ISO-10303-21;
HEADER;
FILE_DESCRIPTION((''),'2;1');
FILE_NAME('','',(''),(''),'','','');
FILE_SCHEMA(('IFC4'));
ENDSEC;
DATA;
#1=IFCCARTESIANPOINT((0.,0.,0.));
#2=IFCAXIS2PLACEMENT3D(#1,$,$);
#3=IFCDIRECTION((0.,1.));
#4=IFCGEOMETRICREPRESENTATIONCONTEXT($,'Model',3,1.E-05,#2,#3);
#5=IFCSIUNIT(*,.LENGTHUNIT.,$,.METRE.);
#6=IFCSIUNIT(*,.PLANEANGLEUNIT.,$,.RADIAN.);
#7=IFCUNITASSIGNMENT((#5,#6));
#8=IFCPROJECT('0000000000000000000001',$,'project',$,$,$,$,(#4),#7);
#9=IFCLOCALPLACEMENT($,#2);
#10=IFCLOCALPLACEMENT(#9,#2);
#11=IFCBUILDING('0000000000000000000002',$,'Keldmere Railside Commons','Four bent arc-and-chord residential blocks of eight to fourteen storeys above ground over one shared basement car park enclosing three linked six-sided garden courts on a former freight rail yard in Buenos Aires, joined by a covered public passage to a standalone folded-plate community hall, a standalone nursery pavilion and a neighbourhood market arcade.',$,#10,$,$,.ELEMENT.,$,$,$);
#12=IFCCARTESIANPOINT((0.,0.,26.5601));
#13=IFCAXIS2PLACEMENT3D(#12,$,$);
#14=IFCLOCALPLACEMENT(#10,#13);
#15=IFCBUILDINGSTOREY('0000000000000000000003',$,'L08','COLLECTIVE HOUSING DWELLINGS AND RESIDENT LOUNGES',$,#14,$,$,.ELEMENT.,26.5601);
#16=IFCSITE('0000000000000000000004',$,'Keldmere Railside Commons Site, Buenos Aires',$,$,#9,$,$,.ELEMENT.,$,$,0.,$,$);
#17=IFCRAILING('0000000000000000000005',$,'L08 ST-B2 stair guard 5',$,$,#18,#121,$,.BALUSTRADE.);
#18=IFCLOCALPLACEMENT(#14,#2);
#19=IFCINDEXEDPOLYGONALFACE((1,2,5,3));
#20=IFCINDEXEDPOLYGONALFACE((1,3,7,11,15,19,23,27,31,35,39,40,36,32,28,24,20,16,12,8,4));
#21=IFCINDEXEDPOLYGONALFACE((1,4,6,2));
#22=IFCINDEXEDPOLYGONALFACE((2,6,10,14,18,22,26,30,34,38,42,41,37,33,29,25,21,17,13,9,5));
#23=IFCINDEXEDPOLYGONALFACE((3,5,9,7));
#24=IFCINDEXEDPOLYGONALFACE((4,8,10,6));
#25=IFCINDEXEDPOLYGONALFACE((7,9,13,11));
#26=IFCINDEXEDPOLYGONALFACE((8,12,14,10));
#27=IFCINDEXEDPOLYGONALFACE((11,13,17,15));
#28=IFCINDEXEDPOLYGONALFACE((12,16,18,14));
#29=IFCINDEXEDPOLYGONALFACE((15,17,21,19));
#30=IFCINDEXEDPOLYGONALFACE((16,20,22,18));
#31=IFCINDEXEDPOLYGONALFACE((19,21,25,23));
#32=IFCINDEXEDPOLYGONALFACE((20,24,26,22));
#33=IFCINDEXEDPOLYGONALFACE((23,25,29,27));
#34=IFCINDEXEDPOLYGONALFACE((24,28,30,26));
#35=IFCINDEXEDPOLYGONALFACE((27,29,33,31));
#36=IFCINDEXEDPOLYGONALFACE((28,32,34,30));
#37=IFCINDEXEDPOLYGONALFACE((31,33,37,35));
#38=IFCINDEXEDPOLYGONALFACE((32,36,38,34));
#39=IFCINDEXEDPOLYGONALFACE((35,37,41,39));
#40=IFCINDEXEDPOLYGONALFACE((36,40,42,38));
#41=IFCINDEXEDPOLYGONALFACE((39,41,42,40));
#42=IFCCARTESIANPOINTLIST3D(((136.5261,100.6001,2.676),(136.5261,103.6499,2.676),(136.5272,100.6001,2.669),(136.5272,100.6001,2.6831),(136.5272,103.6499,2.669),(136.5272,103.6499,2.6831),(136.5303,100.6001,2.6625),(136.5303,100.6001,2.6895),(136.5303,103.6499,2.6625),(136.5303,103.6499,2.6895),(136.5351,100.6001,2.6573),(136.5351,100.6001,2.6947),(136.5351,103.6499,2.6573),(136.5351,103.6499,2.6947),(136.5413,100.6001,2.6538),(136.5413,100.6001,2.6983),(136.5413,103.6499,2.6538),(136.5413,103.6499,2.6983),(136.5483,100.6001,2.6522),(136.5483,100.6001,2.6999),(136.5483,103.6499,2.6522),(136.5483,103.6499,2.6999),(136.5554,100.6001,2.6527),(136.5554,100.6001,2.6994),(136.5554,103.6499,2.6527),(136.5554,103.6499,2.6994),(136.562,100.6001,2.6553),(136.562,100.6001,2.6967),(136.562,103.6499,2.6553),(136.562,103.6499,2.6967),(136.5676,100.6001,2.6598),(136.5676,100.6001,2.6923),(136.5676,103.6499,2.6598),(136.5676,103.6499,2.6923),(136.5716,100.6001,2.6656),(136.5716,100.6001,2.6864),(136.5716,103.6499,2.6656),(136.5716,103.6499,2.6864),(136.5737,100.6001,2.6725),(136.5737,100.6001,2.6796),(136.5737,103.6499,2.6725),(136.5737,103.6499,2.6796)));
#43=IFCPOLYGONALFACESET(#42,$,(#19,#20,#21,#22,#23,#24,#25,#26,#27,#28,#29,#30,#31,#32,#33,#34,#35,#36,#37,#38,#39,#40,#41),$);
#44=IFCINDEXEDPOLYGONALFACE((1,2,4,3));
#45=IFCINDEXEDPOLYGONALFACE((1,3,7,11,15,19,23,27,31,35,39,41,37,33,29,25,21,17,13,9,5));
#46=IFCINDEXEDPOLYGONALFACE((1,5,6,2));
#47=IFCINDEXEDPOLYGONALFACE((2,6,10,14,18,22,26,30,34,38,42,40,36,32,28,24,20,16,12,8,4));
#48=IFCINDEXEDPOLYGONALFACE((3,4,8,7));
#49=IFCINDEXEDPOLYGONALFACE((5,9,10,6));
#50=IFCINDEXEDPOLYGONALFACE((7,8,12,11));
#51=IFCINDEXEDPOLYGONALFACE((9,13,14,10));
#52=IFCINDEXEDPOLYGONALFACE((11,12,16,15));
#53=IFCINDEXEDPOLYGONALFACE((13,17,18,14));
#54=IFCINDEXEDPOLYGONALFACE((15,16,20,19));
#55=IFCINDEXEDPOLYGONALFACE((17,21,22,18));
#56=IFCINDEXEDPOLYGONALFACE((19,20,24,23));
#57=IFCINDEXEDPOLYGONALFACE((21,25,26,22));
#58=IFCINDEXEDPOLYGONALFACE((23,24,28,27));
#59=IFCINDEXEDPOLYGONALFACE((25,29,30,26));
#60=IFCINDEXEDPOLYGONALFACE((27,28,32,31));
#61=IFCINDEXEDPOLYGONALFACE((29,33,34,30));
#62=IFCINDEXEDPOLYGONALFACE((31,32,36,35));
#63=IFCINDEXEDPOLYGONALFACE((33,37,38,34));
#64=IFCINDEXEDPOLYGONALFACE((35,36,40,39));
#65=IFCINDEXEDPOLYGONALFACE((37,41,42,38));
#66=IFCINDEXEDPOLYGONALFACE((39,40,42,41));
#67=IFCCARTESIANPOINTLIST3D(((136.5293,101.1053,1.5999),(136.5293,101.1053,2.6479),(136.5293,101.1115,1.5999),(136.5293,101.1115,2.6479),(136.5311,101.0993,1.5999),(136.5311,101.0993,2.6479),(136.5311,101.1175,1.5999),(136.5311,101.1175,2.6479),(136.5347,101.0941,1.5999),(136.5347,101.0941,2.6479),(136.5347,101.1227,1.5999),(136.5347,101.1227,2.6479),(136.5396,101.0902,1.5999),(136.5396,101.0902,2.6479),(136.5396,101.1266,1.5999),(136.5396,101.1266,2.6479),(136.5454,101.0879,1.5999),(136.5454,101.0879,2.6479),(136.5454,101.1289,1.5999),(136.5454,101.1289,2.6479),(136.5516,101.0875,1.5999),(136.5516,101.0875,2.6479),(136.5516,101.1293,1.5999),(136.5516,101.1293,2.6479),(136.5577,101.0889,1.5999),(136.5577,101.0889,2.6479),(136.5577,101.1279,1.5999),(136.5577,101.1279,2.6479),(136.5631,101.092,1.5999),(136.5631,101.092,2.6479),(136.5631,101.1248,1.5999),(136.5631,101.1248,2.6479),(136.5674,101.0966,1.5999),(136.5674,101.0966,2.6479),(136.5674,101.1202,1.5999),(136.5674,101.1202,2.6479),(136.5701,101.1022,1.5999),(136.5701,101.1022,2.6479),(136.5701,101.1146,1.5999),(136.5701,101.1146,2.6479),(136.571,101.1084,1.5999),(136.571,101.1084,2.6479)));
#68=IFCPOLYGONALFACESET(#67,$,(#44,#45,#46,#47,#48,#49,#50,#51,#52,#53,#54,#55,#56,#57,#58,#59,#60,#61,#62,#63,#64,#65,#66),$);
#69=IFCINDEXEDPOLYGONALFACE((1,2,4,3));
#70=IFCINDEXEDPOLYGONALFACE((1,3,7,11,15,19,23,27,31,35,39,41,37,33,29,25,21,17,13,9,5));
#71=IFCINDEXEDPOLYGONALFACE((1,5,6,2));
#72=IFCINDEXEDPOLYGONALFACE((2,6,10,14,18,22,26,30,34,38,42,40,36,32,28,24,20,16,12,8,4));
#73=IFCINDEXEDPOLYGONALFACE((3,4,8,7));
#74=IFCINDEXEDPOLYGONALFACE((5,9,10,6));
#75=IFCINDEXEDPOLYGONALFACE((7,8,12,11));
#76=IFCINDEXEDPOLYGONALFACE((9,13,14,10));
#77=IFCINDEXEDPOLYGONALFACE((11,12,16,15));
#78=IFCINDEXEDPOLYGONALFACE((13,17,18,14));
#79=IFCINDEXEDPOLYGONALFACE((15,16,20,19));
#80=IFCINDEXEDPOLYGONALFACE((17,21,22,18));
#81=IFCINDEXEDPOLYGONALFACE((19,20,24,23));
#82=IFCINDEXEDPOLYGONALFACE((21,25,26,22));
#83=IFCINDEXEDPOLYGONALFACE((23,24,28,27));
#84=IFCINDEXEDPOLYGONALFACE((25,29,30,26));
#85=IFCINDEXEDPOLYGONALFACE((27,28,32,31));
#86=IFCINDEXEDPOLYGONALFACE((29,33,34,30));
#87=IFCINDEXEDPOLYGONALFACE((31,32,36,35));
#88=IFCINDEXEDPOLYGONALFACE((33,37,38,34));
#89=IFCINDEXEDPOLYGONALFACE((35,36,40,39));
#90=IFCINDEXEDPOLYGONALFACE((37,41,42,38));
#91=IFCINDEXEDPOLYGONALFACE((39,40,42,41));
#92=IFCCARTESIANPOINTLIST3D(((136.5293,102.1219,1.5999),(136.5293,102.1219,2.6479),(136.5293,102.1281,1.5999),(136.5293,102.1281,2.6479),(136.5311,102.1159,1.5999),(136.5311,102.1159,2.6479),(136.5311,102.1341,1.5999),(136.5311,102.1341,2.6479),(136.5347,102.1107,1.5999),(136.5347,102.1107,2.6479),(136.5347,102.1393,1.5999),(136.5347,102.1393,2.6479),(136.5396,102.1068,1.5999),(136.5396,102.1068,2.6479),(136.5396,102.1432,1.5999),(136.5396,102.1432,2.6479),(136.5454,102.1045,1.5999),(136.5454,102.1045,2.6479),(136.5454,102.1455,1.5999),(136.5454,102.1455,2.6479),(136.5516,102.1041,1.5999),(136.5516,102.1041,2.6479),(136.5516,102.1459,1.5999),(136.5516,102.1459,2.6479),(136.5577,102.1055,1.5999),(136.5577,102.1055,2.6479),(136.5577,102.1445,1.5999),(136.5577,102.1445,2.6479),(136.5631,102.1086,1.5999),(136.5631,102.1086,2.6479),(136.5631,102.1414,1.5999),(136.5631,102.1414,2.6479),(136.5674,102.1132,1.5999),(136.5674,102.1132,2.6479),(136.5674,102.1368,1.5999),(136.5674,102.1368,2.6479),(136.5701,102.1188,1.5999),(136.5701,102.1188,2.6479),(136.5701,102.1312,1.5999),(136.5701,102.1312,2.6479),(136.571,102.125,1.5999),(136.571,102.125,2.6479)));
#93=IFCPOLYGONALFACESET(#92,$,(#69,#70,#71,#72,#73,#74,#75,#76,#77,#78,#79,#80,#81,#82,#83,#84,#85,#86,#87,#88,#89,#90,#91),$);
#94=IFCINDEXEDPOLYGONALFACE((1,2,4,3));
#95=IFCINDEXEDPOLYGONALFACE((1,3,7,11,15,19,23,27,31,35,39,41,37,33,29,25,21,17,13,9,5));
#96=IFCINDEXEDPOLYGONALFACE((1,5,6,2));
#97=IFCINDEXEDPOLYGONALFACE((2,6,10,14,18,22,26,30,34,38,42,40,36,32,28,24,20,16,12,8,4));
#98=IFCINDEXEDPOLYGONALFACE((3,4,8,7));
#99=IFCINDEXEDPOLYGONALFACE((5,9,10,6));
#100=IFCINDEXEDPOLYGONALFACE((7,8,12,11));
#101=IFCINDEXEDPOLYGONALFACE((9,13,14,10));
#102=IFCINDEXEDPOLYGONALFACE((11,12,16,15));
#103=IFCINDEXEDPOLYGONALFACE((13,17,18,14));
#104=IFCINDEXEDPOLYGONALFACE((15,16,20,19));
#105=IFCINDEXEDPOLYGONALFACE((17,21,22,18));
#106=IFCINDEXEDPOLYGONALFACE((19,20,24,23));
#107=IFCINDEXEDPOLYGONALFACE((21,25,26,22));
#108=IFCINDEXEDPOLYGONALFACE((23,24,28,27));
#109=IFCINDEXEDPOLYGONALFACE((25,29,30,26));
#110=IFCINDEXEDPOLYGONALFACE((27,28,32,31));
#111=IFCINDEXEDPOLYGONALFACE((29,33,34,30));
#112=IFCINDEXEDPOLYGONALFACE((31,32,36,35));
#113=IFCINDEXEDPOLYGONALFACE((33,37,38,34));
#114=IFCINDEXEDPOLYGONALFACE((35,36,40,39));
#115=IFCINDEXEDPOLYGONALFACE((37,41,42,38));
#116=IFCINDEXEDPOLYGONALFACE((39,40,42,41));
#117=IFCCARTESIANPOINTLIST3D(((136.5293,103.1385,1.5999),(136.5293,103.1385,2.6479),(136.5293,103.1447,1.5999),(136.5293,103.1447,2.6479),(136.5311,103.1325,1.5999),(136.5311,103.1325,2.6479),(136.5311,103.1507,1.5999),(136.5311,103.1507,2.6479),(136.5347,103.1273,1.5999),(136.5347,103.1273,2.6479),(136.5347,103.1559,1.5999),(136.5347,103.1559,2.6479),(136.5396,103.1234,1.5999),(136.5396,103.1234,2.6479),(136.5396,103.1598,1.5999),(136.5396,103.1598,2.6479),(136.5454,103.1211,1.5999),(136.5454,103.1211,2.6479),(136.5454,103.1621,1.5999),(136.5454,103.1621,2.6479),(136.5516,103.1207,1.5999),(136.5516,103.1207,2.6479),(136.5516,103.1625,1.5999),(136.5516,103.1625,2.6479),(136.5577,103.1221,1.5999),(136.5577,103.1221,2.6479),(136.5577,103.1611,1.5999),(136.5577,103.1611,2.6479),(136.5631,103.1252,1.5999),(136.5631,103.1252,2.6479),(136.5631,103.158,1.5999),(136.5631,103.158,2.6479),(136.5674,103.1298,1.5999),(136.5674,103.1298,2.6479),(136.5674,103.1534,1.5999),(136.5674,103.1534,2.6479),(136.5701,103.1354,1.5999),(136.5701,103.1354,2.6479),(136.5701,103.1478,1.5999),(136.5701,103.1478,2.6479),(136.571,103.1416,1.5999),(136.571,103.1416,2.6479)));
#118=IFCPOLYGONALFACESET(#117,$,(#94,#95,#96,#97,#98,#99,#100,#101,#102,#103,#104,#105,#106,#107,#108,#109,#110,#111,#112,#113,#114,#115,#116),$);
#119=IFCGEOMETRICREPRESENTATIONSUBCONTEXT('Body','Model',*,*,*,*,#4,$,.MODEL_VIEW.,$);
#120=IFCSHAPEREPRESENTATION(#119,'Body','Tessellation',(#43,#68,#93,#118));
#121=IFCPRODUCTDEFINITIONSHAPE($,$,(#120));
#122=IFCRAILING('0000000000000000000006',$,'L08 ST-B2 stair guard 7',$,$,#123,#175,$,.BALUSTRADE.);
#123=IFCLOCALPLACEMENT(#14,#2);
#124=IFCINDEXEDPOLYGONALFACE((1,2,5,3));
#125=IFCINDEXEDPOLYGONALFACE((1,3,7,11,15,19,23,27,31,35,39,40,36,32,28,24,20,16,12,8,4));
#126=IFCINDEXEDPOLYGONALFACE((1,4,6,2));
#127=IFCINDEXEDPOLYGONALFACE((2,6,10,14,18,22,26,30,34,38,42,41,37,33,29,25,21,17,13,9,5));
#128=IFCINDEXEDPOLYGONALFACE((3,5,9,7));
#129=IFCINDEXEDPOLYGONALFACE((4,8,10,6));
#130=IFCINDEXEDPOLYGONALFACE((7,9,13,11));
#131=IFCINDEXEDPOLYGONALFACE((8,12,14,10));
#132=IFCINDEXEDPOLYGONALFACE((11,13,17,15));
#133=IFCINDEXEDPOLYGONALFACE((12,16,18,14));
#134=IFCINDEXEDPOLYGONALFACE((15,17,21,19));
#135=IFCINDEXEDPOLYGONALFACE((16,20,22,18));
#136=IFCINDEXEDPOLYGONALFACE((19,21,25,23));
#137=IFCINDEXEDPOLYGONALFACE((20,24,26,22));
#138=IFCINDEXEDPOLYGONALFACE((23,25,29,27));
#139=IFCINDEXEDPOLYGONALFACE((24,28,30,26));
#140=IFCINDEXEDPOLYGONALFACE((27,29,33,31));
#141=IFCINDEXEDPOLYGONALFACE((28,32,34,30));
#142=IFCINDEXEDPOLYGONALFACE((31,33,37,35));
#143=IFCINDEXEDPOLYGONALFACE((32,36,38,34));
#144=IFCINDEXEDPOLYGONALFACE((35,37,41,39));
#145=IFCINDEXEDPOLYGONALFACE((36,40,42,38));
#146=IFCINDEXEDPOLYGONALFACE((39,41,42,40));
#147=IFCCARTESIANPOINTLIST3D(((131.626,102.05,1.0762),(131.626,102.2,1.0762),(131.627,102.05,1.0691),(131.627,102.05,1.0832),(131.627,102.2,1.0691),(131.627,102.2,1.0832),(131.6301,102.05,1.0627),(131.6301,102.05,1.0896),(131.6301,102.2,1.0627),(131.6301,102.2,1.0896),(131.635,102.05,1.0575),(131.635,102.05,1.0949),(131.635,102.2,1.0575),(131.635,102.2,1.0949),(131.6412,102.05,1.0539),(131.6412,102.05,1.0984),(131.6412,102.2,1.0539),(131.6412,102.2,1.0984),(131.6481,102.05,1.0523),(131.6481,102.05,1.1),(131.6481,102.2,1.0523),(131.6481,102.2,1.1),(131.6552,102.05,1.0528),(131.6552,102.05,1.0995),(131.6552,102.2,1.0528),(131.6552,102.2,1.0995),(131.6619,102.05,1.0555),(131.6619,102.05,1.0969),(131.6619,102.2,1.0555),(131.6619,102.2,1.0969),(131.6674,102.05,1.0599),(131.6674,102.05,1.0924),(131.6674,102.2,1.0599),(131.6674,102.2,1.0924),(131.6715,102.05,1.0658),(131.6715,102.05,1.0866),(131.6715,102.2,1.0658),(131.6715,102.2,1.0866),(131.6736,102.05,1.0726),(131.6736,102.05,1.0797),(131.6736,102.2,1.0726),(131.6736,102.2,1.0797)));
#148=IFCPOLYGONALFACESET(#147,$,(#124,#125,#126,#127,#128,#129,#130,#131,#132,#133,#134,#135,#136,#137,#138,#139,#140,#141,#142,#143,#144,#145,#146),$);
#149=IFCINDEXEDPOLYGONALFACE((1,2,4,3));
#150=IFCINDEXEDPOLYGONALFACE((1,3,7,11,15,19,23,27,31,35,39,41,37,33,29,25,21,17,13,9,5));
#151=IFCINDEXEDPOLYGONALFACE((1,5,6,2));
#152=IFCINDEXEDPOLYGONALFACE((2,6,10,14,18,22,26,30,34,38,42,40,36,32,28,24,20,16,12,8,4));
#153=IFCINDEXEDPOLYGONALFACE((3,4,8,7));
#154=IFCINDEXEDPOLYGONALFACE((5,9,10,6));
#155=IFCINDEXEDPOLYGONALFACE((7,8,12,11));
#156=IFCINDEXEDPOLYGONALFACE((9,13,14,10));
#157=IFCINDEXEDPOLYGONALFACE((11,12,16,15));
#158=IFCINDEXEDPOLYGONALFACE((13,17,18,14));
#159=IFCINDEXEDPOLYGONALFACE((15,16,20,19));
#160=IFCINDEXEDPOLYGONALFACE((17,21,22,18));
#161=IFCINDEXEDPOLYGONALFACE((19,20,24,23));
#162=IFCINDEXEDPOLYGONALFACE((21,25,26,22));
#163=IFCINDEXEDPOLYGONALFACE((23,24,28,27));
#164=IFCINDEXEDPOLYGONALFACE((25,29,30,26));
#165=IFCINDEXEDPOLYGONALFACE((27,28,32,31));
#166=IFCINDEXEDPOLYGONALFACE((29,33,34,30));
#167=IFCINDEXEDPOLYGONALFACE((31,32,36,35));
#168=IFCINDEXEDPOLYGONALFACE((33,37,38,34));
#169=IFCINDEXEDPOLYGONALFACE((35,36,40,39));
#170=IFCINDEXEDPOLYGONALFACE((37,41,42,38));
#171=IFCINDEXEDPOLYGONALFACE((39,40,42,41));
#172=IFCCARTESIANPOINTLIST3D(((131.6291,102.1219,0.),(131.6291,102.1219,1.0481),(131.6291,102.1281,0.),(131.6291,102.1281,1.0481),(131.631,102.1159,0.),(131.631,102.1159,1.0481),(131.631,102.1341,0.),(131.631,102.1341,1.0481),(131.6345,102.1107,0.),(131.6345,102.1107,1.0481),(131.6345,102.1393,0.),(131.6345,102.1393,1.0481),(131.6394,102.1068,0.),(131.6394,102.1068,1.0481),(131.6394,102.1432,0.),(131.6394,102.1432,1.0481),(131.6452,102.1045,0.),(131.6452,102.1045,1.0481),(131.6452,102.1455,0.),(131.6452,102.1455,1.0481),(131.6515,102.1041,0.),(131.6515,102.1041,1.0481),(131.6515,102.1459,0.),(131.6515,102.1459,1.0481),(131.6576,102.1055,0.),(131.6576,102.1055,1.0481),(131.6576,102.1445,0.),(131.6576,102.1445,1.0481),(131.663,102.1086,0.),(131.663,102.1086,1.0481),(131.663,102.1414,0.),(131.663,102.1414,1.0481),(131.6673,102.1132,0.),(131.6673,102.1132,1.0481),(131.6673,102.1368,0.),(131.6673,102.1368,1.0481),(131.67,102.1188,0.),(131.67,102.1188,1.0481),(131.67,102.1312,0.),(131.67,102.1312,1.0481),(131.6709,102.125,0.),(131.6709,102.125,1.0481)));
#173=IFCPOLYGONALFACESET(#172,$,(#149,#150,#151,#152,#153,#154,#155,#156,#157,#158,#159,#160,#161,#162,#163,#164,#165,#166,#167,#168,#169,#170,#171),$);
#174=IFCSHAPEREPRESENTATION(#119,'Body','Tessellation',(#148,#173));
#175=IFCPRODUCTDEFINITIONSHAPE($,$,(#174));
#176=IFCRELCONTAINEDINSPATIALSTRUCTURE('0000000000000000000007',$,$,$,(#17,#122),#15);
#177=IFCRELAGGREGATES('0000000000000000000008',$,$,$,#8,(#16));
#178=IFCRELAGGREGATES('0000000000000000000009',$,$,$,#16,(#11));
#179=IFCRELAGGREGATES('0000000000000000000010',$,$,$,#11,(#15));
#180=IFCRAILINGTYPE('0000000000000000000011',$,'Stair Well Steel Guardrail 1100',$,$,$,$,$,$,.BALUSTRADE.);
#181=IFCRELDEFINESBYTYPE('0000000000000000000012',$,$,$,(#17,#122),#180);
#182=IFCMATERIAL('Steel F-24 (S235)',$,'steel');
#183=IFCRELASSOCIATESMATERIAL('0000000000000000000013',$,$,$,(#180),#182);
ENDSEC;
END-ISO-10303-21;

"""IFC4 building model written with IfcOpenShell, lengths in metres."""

from ifc_helpers import new_model, si_unit, direction, frame, origin, origin_2d, place, context, subcontext, project, spatial, circle, extrude, material, type_object, element, save


model = new_model("IFC4")

# Units and contexts
model_context = context("Model", 3, precision=1e-05, world=origin(), true_north=direction((0.0, 1.0)))
body_context = subcontext(model_context, "Body", "Model", "MODEL_VIEW")
ifc_project = project(units=[si_unit("LENGTHUNIT", "METRE"), si_unit("PLANEANGLEUNIT", "RADIAN")], contexts=[model_context])

# Site, building, storey
site_placement = place(None, origin())
site = spatial("IfcSite", under=ifc_project, at=site_placement, Name="Keldmere Railside Commons Site, Buenos Aires", CompositionType="ELEMENT", RefElevation=0.0)
building_placement = place(site_placement, origin())
building = spatial("IfcBuilding", under=site, at=building_placement, Name="Keldmere Railside Commons", Description="Four bent arc-and-chord residential blocks of eight to fourteen storeys above ground over one shared basement car park enclosing three linked six-sided garden courts on a former freight rail yard in Buenos Aires, joined by a covered public passage to a standalone folded-plate community hall, a standalone nursery pavilion and a neighbourhood market arcade.", CompositionType="ELEMENT")
storey_placement = place(building_placement, frame((0.0, 0.0, 26.5601)))
storey = spatial("IfcBuildingStorey", under=building, at=storey_placement, Name="L08", Description="COLLECTIVE HOUSING DWELLINGS AND RESIDENT LOUNGES", CompositionType="ELEMENT", Elevation=26.5601)

# Railings
ifc_material_1 = material(Name="Steel F-24 (S235)", Category="steel")
railing_type_1 = type_object("IfcRailingType", Name="Stair Well Steel Guardrail 1100", PredefinedType="BALUSTRADE", material=ifc_material_1)
railing_1_placement = place(storey_placement, frame((136.55, 100.6001, 1.5999)))
element("IfcRailing", 1, at=railing_1_placement, inside=storey, type_object=railing_type_1, Name="L08 ST-B2 stair guard 5", PredefinedType="BALUSTRADE", context=body_context, shape_type="SweptSolid", body=[
    extrude(circle(Radius=0.0239, at=origin_2d()), frame((0.0, 0.0, 1.0762), z_axis=(0.0, 1.0, 0.0), x_axis=(-1.0, 0.0, 0.0)), (0.0, 0.0, 1.0), 3.0498),
    extrude(circle(Radius=0.021, at=origin_2d()), frame((0.0, 0.5083, 0.0)), (0.0, 0.0, 1.0), 1.0481),
    extrude(circle(Radius=0.021, at=origin_2d()), frame((0.0, 1.5249, 0.0)), (0.0, 0.0, 1.0), 1.0481),
    extrude(circle(Radius=0.021, at=origin_2d()), frame((0.0, 2.5415, 0.0)), (0.0, 0.0, 1.0), 1.0481),
])
railing_2_placement = place(storey_placement, frame((131.6499, 102.05, 0.0)))
element("IfcRailing", 2, at=railing_2_placement, inside=storey, type_object=railing_type_1, Name="L08 ST-B2 stair guard 7", PredefinedType="BALUSTRADE", context=body_context, shape_type="SweptSolid", body=[
    extrude(circle(Radius=0.0239, at=origin_2d()), frame((0.0, 0.0, 1.0762), z_axis=(0.0, 1.0, 0.0), x_axis=(-1.0, 0.0, 0.0)), (0.0, 0.0, 1.0), 0.1499),
    extrude(circle(Radius=0.021, at=origin_2d()), frame((0.0, 0.075, 0.0)), (0.0, 0.0, 1.0), 1.0481),
])

save(model, "model.ifc")
